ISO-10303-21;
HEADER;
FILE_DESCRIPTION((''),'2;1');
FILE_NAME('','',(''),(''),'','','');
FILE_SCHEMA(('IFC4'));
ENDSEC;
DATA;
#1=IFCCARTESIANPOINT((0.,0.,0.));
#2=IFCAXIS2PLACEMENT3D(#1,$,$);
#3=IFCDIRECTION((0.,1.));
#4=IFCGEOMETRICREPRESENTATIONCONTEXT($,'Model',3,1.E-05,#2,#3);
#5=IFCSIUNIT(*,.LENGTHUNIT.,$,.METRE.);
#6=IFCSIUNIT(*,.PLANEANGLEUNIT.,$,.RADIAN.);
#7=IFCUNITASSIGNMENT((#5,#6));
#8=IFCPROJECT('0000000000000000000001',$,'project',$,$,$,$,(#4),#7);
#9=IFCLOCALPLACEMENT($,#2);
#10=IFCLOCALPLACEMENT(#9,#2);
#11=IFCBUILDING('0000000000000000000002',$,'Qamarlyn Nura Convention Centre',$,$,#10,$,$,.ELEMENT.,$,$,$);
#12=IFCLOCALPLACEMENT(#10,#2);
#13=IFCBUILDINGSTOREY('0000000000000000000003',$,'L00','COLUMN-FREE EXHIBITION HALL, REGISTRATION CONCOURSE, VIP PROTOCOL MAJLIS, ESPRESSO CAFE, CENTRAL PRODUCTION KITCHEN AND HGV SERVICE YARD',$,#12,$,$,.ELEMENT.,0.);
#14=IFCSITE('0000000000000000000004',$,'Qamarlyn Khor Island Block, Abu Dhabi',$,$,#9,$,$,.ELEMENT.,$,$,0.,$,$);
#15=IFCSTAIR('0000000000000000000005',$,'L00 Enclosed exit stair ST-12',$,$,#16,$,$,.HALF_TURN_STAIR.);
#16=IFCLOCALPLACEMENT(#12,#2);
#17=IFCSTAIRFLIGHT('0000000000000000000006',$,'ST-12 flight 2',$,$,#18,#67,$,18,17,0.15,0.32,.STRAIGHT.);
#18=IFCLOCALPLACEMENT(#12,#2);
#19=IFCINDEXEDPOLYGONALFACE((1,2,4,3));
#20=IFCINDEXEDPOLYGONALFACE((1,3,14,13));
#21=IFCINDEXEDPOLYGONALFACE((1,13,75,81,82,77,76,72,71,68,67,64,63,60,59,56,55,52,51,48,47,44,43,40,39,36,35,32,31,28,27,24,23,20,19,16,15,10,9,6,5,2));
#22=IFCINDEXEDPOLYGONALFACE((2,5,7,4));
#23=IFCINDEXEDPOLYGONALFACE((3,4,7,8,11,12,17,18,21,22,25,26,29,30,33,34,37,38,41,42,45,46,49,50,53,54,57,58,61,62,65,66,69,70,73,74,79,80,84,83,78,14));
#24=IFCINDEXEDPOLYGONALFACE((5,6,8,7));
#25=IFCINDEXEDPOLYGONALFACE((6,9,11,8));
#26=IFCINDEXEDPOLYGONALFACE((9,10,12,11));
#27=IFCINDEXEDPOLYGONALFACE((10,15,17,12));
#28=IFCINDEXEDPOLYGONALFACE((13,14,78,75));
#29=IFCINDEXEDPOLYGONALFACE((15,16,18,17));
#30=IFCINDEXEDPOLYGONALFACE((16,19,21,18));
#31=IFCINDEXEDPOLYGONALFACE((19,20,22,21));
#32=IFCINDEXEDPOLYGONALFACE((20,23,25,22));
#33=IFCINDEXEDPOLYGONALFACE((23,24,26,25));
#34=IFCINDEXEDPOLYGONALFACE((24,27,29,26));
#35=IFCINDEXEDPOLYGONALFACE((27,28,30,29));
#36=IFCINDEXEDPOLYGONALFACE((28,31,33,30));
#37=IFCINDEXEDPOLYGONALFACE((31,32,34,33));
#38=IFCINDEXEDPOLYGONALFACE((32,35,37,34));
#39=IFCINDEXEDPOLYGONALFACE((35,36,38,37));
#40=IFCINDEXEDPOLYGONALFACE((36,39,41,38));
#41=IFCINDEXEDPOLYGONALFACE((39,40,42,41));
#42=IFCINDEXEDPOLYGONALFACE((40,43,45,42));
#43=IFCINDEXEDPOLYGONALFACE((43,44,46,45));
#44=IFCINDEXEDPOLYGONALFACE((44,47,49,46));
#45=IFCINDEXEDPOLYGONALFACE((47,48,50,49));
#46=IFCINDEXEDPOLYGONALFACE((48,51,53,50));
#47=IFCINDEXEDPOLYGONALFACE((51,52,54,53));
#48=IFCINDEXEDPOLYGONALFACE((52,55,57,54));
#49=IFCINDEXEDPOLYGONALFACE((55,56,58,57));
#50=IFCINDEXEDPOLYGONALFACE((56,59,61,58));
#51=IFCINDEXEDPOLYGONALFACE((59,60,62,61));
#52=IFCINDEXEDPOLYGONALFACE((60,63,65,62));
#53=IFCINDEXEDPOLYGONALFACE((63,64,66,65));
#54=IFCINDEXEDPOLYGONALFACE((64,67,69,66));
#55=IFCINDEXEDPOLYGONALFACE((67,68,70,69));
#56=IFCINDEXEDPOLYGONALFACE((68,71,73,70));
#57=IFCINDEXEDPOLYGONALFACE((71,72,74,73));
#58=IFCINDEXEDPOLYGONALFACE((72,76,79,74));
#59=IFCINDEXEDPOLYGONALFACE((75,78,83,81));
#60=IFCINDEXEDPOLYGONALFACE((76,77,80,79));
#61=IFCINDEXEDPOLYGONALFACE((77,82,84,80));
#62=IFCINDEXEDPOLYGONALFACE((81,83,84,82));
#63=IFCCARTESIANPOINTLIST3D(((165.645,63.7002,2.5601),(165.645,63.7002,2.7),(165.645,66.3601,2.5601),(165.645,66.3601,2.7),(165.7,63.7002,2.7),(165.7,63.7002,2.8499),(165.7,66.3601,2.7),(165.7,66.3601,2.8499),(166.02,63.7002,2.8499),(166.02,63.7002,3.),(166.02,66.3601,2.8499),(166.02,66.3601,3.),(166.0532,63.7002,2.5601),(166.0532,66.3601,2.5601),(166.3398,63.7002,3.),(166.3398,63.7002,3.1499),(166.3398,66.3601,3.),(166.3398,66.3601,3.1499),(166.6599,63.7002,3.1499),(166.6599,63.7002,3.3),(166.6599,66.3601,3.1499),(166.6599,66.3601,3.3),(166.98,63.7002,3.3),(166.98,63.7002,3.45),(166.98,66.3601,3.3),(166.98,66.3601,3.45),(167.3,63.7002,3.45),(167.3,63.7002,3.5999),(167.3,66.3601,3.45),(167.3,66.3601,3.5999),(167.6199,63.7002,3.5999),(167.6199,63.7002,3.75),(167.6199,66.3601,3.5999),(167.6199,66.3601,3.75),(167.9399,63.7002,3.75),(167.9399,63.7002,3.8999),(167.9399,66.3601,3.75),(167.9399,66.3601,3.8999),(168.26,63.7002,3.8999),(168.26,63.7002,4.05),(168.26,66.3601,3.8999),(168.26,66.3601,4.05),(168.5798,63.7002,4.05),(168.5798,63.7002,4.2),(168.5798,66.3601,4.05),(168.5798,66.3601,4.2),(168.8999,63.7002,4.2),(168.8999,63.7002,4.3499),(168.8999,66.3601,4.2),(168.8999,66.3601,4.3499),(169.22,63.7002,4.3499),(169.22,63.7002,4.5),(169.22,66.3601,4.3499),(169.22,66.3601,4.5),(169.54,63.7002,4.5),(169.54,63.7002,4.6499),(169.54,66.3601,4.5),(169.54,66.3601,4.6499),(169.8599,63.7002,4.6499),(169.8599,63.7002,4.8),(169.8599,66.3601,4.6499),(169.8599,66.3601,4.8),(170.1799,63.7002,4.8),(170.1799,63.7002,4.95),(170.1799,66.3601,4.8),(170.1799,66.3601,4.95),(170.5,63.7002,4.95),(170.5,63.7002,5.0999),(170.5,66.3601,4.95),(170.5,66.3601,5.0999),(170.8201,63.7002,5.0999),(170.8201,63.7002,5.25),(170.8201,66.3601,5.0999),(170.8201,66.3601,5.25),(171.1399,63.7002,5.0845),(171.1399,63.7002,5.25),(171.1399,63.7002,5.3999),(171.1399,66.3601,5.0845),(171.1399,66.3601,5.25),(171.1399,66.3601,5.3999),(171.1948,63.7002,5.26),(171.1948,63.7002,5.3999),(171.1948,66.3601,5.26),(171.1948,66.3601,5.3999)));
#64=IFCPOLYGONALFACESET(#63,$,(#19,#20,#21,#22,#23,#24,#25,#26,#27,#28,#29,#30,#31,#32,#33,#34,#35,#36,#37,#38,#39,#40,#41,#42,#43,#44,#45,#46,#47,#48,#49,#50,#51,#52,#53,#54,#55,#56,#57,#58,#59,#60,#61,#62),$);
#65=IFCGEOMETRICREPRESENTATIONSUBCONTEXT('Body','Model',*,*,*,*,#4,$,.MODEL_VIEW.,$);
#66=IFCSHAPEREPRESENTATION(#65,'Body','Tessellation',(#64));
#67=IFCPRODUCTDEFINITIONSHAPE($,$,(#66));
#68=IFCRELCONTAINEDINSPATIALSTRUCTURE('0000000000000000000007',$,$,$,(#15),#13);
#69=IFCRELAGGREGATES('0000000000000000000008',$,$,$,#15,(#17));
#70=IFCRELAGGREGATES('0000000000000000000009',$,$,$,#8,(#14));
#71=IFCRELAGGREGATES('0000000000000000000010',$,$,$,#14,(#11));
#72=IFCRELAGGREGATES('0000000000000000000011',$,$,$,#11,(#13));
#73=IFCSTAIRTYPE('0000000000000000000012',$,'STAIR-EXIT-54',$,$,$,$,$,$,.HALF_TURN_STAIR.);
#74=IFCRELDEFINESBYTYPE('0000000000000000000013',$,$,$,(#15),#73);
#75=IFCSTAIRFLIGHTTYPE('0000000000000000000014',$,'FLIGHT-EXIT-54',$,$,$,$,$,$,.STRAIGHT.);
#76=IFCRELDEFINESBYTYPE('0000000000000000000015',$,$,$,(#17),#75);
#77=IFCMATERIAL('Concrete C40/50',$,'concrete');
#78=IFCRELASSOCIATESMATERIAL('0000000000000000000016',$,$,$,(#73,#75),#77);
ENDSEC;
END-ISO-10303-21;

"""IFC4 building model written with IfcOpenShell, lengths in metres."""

from ifc_helpers import new_model, si_unit, direction, frame, origin, place, context, subcontext, project, spatial, polyline, outline, extrude, material, type_object, element, aggregate, save


model = new_model("IFC4")

# Units and contexts
model_context = context("Model", 3, precision=1e-05, world=origin(), true_north=direction((0.0, 1.0)))
body_context = subcontext(model_context, "Body", "Model", "MODEL_VIEW")
ifc_project = project(units=[si_unit("LENGTHUNIT", "METRE"), si_unit("PLANEANGLEUNIT", "RADIAN")], contexts=[model_context])

# Site, building, storey
site_placement = place(None, origin())
site = spatial("IfcSite", under=ifc_project, at=site_placement, Name="Qamarlyn Khor Island Block, Abu Dhabi", CompositionType="ELEMENT", RefElevation=0.0)
building_placement = place(site_placement, origin())
building = spatial("IfcBuilding", under=site, at=building_placement, Name="Qamarlyn Nura Convention Centre", CompositionType="ELEMENT")
storey_placement = place(building_placement, origin())
storey = spatial("IfcBuildingStorey", under=building, at=storey_placement, Name="L00", Description="COLUMN-FREE EXHIBITION HALL, REGISTRATION CONCOURSE, VIP PROTOCOL MAJLIS, ESPRESSO CAFE, CENTRAL PRODUCTION KITCHEN AND HGV SERVICE YARD", CompositionType="ELEMENT", Elevation=0.0)

# Shared definitions
ifc_material_1 = material(Name="Concrete C40/50", Category="concrete")
stair_type = type_object("IfcStairType", Name="STAIR-EXIT-54", PredefinedType="HALF_TURN_STAIR", material=ifc_material_1)
stair_flight_type = type_object("IfcStairFlightType", Name="FLIGHT-EXIT-54", PredefinedType="STRAIGHT", material=ifc_material_1)

# Stair, stair flight
stair_1_placement = place(storey_placement, origin())
stair_1 = element("IfcStair", 1, at=stair_1_placement, inside=storey, type_object=stair_type, Name="L00 Enclosed exit stair ST-12", PredefinedType="HALF_TURN_STAIR")
stair_flight_1_placement = place(storey_placement, frame((165.7, 65.03, 2.7), z_axis=(0.0, 0.0, 1.0), x_axis=(1.0, 0.0, 0.0)))
stair_flight_1 = element("IfcStairFlight", 2, at=stair_flight_1_placement, type_object=stair_flight_type, Name="ST-12 flight 2", NumberOfRisers=18, NumberOfTreads=17, PredefinedType="STRAIGHT", RiserHeight=0.15, TreadLength=0.32, context=body_context, shape_type="SweptSolid", body=[
    extrude(outline(polyline([(-0.0549, 0.0), (0.0, 0.0), (0.0, 0.1499), (0.3201, 0.1499), (0.3201, 0.3), (0.6399, 0.3), (0.6399, 0.45), (0.96, 0.45), (0.96, 0.6001), (1.28, 0.6001), (1.28, 0.75), (1.6001, 0.75), (1.6001, 0.8999), (1.9199, 0.8999), (1.9199, 1.05), (2.24, 1.05), (2.24, 1.2), (2.5601, 1.2), (2.5601, 1.3501), (2.8799, 1.3501), (2.8799, 1.5), (3.2, 1.5), (3.2, 1.6499), (3.52, 1.6499), (3.52, 1.8), (3.8401, 1.8), (3.8401, 1.95), (4.1599, 1.95), (4.1599, 2.1001), (4.48, 2.1001), (4.48, 2.25), (4.8, 2.25), (4.8, 2.3999), (5.1201, 2.3999), (5.1201, 2.55), (5.4399, 2.55), (5.4399, 2.7), (5.4949, 2.7), (5.4949, 2.5601), (5.4399, 2.3845), (0.3533, -0.1399), (-0.0549, -0.1399), (-0.0549, 0.0)])), frame((0.0, 1.3301, 0.0), z_axis=(0.0, -1.0, 0.0), x_axis=(1.0, 0.0, 0.0)), (0.0, 0.0, 1.0), 2.6599),
])
aggregate(stair_1, [stair_flight_1])

save(model, "model.ifc")
